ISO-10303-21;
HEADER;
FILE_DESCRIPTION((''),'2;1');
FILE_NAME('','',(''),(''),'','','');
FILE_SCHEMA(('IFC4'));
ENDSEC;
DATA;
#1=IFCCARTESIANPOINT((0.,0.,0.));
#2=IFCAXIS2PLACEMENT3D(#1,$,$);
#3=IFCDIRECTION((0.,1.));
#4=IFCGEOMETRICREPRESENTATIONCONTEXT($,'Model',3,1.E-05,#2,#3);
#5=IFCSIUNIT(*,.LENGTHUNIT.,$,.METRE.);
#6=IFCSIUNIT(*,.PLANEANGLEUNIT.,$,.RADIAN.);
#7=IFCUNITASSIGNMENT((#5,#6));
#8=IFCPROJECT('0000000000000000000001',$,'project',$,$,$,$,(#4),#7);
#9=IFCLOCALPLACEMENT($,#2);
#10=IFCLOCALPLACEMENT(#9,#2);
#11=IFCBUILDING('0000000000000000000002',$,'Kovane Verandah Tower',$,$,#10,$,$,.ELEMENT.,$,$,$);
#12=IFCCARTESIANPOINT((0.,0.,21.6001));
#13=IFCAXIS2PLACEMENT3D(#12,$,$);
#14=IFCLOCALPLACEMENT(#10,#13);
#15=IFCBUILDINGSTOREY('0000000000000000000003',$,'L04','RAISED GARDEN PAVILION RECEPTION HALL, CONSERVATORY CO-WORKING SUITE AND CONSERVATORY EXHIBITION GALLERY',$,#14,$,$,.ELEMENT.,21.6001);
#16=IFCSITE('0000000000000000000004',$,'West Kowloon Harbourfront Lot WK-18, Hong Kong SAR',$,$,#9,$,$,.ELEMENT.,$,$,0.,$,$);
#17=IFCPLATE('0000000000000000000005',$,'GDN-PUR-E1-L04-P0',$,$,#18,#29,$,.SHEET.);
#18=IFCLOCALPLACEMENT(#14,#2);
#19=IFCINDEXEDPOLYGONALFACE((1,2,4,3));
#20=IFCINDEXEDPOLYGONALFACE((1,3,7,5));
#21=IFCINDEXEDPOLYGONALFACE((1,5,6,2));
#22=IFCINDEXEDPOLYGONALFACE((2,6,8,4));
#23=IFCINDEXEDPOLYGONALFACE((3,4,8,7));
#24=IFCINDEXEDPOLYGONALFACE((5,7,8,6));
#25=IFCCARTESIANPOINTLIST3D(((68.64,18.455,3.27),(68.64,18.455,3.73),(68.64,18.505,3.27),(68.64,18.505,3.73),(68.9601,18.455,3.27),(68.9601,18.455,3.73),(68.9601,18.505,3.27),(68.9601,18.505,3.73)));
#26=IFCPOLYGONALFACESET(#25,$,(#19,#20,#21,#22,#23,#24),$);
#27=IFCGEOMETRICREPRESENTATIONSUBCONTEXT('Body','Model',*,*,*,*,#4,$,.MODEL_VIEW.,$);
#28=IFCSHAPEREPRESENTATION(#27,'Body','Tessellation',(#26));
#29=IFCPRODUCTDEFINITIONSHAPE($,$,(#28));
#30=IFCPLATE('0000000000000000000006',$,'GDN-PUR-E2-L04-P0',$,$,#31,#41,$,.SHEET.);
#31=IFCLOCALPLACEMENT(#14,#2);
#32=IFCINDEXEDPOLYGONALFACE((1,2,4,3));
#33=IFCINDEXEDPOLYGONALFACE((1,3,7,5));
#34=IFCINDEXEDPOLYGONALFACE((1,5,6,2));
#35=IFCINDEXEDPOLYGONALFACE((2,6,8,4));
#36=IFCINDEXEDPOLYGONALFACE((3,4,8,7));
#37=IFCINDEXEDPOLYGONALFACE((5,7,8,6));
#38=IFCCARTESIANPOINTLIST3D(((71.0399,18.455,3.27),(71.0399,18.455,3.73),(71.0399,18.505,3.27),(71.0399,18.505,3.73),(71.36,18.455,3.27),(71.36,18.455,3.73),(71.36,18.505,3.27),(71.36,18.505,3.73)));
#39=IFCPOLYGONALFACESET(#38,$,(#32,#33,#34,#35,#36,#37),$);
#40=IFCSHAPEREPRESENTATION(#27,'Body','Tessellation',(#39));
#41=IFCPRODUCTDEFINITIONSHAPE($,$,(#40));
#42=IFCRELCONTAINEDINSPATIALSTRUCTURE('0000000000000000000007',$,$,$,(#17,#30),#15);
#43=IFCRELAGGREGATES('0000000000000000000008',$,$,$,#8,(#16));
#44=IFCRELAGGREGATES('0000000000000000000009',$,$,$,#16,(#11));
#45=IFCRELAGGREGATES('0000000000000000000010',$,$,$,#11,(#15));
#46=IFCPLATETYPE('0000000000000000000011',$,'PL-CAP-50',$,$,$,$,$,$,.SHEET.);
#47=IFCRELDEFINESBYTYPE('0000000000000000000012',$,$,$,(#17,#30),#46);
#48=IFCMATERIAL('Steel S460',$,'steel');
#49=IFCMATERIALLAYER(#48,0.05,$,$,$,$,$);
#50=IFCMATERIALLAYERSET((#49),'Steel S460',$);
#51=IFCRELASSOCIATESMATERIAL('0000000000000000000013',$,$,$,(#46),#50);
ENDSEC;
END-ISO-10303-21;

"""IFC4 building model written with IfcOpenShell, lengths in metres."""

from ifc_helpers import new_model, si_unit, direction, frame, origin, origin_2d, place, context, subcontext, project, spatial, rectangle, extrude, material, layer, layer_set, type_object, element, save


model = new_model("IFC4")

# Units and contexts
model_context = context("Model", 3, precision=1e-05, world=origin(), true_north=direction((0.0, 1.0)))
body_context = subcontext(model_context, "Body", "Model", "MODEL_VIEW")
ifc_project = project(units=[si_unit("LENGTHUNIT", "METRE"), si_unit("PLANEANGLEUNIT", "RADIAN")], contexts=[model_context])

# Site, building, storey
site_placement = place(None, origin())
site = spatial("IfcSite", under=ifc_project, at=site_placement, Name="West Kowloon Harbourfront Lot WK-18, Hong Kong SAR", CompositionType="ELEMENT", RefElevation=0.0)
building_placement = place(site_placement, origin())
building = spatial("IfcBuilding", under=site, at=building_placement, Name="Kovane Verandah Tower", CompositionType="ELEMENT")
storey_placement = place(building_placement, frame((0.0, 0.0, 21.6001)))
storey = spatial("IfcBuildingStorey", under=building, at=storey_placement, Name="L04", Description="RAISED GARDEN PAVILION RECEPTION HALL, CONSERVATORY CO-WORKING SUITE AND CONSERVATORY EXHIBITION GALLERY", CompositionType="ELEMENT", Elevation=21.6001)

# Shared definitions
ifc_material_1 = material(Name="Steel S460", Category="steel")

# Plates
ifc_layer_1 = layer(ifc_material_1, 0.05)
ifc_layer_set_1 = layer_set([ifc_layer_1], Name="Steel S460")
plate_type = type_object("IfcPlateType", Name="PL-CAP-50", PredefinedType="SHEET", material=ifc_layer_set_1)
for number, where, z_axis, x_axis, name in (
    (1, (68.8, 18.48, 3.27), (0.0, 0.0, 1.0), (0.0, 1.0, 0.0), "GDN-PUR-E1-L04-P0"),
    (2, (71.2, 18.48, 3.27), (0.0, 0.0, 1.0), (0.0, 1.0, 0.0), "GDN-PUR-E2-L04-P0"),
):
    element("IfcPlate", number, at=place(storey_placement, frame(where, z_axis=z_axis, x_axis=x_axis)), inside=storey, type_object=plate_type, Name=name, PredefinedType="SHEET", context=body_context, shape_type="SweptSolid", body=[
        extrude(rectangle(XDim=0.05, YDim=0.3201, at=origin_2d()), origin(), (0.0, 0.0, 1.0), 0.46),
    ])

save(model, "model.ifc")
